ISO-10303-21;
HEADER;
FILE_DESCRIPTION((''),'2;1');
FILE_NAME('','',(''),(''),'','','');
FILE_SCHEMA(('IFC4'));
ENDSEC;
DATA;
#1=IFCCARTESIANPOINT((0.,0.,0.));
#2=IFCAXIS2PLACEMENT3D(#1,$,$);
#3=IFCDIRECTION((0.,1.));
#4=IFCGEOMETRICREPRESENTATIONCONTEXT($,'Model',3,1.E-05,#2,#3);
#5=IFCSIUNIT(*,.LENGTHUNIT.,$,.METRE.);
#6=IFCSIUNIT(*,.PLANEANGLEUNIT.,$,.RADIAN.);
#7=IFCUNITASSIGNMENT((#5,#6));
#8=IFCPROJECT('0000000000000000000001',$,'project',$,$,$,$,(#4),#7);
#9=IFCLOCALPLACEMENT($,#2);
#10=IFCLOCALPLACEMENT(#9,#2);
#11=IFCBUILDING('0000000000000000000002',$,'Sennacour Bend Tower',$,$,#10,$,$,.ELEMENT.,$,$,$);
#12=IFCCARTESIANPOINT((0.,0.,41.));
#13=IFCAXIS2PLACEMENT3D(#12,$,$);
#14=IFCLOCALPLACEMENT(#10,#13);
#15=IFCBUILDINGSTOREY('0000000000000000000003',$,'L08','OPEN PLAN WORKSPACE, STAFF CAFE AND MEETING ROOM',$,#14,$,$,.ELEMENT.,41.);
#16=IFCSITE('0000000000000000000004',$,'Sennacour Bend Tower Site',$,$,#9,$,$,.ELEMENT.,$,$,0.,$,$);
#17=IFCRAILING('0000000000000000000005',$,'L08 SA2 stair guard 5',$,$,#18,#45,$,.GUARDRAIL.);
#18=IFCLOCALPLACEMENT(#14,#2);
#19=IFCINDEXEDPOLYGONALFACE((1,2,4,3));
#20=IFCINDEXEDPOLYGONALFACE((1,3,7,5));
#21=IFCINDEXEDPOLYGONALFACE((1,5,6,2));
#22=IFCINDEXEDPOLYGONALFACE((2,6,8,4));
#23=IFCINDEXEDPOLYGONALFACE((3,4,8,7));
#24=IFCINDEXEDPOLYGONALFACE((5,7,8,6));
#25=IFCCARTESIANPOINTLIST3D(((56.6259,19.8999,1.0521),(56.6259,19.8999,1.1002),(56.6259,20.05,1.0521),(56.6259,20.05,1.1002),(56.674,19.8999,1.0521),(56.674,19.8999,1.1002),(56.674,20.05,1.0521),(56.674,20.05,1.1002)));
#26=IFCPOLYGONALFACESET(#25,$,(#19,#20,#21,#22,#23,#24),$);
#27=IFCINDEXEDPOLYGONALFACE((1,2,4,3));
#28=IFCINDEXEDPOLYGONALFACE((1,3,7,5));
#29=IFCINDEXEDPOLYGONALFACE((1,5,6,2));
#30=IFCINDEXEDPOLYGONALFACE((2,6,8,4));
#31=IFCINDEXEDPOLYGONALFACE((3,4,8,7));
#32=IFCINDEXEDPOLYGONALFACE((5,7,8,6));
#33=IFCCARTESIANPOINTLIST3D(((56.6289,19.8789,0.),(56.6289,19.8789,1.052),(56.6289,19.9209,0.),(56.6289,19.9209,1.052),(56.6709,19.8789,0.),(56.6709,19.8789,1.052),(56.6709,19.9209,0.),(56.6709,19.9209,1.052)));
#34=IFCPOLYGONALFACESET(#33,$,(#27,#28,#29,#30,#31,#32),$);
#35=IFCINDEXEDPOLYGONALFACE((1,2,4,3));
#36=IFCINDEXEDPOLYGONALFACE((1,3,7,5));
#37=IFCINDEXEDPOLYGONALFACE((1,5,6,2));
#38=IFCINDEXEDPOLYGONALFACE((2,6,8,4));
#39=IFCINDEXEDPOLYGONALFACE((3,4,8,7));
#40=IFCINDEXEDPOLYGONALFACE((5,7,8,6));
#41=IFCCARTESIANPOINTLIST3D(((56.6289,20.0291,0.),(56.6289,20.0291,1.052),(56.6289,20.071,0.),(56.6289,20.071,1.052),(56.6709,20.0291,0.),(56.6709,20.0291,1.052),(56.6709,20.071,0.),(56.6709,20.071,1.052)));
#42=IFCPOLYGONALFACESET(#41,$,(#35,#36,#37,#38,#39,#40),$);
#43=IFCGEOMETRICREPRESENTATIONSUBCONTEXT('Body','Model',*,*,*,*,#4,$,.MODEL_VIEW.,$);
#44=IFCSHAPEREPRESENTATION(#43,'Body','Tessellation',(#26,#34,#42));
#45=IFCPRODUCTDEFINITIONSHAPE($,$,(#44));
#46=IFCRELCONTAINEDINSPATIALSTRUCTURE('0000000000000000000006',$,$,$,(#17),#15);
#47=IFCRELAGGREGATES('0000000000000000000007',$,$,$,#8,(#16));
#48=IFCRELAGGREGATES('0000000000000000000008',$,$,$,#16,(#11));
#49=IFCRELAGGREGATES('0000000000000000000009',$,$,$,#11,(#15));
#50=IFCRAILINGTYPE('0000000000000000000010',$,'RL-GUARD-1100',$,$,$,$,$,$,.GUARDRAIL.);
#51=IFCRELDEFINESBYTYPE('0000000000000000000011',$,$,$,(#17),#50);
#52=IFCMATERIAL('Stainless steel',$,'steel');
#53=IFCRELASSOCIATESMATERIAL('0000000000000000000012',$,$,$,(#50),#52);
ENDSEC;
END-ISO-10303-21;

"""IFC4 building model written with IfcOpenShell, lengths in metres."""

from ifc_helpers import new_model, si_unit, direction, frame, origin, origin_2d, place, context, subcontext, project, spatial, rectangle, extrude, material, type_object, element, save


model = new_model("IFC4")

# Units and contexts
model_context = context("Model", 3, precision=1e-05, world=origin(), true_north=direction((0.0, 1.0)))
body_context = subcontext(model_context, "Body", "Model", "MODEL_VIEW")
ifc_project = project(units=[si_unit("LENGTHUNIT", "METRE"), si_unit("PLANEANGLEUNIT", "RADIAN")], contexts=[model_context])

# Site, building, storey
site_placement = place(None, origin())
site = spatial("IfcSite", under=ifc_project, at=site_placement, Name="Sennacour Bend Tower Site", CompositionType="ELEMENT", RefElevation=0.0)
building_placement = place(site_placement, origin())
building = spatial("IfcBuilding", under=site, at=building_placement, Name="Sennacour Bend Tower", CompositionType="ELEMENT")
storey_placement = place(building_placement, frame((0.0, 0.0, 41.0)))
storey = spatial("IfcBuildingStorey", under=building, at=storey_placement, Name="L08", Description="OPEN PLAN WORKSPACE, STAFF CAFE AND MEETING ROOM", CompositionType="ELEMENT", Elevation=41.0)

# Shared definitions
ifc_material_1 = material(Name="Stainless steel", Category="steel")

# Railing
railing_type = type_object("IfcRailingType", Name="RL-GUARD-1100", PredefinedType="GUARDRAIL", material=ifc_material_1)
railing_placement = place(storey_placement, frame((56.6499, 19.8999, 0.0)))
element("IfcRailing", 1, at=railing_placement, inside=storey, type_object=railing_type, Name="L08 SA2 stair guard 5", PredefinedType="GUARDRAIL", context=body_context, shape_type="SweptSolid", body=[
    extrude(rectangle(XDim=0.0481, YDim=0.0481, at=origin_2d()), frame((0.0, 0.0, 1.0762), z_axis=(0.0, 1.0, 0.0), x_axis=(-1.0, 0.0, 0.0)), (0.0, 0.0, 1.0), 0.1501),
    extrude(rectangle(XDim=0.042, YDim=0.042, at=origin_2d()), origin(), (0.0, 0.0, 1.0), 1.052),
    extrude(rectangle(XDim=0.042, YDim=0.042, at=origin_2d()), frame((0.0, 0.1501, 0.0)), (0.0, 0.0, 1.0), 1.052),
])

save(model, "model.ifc")
